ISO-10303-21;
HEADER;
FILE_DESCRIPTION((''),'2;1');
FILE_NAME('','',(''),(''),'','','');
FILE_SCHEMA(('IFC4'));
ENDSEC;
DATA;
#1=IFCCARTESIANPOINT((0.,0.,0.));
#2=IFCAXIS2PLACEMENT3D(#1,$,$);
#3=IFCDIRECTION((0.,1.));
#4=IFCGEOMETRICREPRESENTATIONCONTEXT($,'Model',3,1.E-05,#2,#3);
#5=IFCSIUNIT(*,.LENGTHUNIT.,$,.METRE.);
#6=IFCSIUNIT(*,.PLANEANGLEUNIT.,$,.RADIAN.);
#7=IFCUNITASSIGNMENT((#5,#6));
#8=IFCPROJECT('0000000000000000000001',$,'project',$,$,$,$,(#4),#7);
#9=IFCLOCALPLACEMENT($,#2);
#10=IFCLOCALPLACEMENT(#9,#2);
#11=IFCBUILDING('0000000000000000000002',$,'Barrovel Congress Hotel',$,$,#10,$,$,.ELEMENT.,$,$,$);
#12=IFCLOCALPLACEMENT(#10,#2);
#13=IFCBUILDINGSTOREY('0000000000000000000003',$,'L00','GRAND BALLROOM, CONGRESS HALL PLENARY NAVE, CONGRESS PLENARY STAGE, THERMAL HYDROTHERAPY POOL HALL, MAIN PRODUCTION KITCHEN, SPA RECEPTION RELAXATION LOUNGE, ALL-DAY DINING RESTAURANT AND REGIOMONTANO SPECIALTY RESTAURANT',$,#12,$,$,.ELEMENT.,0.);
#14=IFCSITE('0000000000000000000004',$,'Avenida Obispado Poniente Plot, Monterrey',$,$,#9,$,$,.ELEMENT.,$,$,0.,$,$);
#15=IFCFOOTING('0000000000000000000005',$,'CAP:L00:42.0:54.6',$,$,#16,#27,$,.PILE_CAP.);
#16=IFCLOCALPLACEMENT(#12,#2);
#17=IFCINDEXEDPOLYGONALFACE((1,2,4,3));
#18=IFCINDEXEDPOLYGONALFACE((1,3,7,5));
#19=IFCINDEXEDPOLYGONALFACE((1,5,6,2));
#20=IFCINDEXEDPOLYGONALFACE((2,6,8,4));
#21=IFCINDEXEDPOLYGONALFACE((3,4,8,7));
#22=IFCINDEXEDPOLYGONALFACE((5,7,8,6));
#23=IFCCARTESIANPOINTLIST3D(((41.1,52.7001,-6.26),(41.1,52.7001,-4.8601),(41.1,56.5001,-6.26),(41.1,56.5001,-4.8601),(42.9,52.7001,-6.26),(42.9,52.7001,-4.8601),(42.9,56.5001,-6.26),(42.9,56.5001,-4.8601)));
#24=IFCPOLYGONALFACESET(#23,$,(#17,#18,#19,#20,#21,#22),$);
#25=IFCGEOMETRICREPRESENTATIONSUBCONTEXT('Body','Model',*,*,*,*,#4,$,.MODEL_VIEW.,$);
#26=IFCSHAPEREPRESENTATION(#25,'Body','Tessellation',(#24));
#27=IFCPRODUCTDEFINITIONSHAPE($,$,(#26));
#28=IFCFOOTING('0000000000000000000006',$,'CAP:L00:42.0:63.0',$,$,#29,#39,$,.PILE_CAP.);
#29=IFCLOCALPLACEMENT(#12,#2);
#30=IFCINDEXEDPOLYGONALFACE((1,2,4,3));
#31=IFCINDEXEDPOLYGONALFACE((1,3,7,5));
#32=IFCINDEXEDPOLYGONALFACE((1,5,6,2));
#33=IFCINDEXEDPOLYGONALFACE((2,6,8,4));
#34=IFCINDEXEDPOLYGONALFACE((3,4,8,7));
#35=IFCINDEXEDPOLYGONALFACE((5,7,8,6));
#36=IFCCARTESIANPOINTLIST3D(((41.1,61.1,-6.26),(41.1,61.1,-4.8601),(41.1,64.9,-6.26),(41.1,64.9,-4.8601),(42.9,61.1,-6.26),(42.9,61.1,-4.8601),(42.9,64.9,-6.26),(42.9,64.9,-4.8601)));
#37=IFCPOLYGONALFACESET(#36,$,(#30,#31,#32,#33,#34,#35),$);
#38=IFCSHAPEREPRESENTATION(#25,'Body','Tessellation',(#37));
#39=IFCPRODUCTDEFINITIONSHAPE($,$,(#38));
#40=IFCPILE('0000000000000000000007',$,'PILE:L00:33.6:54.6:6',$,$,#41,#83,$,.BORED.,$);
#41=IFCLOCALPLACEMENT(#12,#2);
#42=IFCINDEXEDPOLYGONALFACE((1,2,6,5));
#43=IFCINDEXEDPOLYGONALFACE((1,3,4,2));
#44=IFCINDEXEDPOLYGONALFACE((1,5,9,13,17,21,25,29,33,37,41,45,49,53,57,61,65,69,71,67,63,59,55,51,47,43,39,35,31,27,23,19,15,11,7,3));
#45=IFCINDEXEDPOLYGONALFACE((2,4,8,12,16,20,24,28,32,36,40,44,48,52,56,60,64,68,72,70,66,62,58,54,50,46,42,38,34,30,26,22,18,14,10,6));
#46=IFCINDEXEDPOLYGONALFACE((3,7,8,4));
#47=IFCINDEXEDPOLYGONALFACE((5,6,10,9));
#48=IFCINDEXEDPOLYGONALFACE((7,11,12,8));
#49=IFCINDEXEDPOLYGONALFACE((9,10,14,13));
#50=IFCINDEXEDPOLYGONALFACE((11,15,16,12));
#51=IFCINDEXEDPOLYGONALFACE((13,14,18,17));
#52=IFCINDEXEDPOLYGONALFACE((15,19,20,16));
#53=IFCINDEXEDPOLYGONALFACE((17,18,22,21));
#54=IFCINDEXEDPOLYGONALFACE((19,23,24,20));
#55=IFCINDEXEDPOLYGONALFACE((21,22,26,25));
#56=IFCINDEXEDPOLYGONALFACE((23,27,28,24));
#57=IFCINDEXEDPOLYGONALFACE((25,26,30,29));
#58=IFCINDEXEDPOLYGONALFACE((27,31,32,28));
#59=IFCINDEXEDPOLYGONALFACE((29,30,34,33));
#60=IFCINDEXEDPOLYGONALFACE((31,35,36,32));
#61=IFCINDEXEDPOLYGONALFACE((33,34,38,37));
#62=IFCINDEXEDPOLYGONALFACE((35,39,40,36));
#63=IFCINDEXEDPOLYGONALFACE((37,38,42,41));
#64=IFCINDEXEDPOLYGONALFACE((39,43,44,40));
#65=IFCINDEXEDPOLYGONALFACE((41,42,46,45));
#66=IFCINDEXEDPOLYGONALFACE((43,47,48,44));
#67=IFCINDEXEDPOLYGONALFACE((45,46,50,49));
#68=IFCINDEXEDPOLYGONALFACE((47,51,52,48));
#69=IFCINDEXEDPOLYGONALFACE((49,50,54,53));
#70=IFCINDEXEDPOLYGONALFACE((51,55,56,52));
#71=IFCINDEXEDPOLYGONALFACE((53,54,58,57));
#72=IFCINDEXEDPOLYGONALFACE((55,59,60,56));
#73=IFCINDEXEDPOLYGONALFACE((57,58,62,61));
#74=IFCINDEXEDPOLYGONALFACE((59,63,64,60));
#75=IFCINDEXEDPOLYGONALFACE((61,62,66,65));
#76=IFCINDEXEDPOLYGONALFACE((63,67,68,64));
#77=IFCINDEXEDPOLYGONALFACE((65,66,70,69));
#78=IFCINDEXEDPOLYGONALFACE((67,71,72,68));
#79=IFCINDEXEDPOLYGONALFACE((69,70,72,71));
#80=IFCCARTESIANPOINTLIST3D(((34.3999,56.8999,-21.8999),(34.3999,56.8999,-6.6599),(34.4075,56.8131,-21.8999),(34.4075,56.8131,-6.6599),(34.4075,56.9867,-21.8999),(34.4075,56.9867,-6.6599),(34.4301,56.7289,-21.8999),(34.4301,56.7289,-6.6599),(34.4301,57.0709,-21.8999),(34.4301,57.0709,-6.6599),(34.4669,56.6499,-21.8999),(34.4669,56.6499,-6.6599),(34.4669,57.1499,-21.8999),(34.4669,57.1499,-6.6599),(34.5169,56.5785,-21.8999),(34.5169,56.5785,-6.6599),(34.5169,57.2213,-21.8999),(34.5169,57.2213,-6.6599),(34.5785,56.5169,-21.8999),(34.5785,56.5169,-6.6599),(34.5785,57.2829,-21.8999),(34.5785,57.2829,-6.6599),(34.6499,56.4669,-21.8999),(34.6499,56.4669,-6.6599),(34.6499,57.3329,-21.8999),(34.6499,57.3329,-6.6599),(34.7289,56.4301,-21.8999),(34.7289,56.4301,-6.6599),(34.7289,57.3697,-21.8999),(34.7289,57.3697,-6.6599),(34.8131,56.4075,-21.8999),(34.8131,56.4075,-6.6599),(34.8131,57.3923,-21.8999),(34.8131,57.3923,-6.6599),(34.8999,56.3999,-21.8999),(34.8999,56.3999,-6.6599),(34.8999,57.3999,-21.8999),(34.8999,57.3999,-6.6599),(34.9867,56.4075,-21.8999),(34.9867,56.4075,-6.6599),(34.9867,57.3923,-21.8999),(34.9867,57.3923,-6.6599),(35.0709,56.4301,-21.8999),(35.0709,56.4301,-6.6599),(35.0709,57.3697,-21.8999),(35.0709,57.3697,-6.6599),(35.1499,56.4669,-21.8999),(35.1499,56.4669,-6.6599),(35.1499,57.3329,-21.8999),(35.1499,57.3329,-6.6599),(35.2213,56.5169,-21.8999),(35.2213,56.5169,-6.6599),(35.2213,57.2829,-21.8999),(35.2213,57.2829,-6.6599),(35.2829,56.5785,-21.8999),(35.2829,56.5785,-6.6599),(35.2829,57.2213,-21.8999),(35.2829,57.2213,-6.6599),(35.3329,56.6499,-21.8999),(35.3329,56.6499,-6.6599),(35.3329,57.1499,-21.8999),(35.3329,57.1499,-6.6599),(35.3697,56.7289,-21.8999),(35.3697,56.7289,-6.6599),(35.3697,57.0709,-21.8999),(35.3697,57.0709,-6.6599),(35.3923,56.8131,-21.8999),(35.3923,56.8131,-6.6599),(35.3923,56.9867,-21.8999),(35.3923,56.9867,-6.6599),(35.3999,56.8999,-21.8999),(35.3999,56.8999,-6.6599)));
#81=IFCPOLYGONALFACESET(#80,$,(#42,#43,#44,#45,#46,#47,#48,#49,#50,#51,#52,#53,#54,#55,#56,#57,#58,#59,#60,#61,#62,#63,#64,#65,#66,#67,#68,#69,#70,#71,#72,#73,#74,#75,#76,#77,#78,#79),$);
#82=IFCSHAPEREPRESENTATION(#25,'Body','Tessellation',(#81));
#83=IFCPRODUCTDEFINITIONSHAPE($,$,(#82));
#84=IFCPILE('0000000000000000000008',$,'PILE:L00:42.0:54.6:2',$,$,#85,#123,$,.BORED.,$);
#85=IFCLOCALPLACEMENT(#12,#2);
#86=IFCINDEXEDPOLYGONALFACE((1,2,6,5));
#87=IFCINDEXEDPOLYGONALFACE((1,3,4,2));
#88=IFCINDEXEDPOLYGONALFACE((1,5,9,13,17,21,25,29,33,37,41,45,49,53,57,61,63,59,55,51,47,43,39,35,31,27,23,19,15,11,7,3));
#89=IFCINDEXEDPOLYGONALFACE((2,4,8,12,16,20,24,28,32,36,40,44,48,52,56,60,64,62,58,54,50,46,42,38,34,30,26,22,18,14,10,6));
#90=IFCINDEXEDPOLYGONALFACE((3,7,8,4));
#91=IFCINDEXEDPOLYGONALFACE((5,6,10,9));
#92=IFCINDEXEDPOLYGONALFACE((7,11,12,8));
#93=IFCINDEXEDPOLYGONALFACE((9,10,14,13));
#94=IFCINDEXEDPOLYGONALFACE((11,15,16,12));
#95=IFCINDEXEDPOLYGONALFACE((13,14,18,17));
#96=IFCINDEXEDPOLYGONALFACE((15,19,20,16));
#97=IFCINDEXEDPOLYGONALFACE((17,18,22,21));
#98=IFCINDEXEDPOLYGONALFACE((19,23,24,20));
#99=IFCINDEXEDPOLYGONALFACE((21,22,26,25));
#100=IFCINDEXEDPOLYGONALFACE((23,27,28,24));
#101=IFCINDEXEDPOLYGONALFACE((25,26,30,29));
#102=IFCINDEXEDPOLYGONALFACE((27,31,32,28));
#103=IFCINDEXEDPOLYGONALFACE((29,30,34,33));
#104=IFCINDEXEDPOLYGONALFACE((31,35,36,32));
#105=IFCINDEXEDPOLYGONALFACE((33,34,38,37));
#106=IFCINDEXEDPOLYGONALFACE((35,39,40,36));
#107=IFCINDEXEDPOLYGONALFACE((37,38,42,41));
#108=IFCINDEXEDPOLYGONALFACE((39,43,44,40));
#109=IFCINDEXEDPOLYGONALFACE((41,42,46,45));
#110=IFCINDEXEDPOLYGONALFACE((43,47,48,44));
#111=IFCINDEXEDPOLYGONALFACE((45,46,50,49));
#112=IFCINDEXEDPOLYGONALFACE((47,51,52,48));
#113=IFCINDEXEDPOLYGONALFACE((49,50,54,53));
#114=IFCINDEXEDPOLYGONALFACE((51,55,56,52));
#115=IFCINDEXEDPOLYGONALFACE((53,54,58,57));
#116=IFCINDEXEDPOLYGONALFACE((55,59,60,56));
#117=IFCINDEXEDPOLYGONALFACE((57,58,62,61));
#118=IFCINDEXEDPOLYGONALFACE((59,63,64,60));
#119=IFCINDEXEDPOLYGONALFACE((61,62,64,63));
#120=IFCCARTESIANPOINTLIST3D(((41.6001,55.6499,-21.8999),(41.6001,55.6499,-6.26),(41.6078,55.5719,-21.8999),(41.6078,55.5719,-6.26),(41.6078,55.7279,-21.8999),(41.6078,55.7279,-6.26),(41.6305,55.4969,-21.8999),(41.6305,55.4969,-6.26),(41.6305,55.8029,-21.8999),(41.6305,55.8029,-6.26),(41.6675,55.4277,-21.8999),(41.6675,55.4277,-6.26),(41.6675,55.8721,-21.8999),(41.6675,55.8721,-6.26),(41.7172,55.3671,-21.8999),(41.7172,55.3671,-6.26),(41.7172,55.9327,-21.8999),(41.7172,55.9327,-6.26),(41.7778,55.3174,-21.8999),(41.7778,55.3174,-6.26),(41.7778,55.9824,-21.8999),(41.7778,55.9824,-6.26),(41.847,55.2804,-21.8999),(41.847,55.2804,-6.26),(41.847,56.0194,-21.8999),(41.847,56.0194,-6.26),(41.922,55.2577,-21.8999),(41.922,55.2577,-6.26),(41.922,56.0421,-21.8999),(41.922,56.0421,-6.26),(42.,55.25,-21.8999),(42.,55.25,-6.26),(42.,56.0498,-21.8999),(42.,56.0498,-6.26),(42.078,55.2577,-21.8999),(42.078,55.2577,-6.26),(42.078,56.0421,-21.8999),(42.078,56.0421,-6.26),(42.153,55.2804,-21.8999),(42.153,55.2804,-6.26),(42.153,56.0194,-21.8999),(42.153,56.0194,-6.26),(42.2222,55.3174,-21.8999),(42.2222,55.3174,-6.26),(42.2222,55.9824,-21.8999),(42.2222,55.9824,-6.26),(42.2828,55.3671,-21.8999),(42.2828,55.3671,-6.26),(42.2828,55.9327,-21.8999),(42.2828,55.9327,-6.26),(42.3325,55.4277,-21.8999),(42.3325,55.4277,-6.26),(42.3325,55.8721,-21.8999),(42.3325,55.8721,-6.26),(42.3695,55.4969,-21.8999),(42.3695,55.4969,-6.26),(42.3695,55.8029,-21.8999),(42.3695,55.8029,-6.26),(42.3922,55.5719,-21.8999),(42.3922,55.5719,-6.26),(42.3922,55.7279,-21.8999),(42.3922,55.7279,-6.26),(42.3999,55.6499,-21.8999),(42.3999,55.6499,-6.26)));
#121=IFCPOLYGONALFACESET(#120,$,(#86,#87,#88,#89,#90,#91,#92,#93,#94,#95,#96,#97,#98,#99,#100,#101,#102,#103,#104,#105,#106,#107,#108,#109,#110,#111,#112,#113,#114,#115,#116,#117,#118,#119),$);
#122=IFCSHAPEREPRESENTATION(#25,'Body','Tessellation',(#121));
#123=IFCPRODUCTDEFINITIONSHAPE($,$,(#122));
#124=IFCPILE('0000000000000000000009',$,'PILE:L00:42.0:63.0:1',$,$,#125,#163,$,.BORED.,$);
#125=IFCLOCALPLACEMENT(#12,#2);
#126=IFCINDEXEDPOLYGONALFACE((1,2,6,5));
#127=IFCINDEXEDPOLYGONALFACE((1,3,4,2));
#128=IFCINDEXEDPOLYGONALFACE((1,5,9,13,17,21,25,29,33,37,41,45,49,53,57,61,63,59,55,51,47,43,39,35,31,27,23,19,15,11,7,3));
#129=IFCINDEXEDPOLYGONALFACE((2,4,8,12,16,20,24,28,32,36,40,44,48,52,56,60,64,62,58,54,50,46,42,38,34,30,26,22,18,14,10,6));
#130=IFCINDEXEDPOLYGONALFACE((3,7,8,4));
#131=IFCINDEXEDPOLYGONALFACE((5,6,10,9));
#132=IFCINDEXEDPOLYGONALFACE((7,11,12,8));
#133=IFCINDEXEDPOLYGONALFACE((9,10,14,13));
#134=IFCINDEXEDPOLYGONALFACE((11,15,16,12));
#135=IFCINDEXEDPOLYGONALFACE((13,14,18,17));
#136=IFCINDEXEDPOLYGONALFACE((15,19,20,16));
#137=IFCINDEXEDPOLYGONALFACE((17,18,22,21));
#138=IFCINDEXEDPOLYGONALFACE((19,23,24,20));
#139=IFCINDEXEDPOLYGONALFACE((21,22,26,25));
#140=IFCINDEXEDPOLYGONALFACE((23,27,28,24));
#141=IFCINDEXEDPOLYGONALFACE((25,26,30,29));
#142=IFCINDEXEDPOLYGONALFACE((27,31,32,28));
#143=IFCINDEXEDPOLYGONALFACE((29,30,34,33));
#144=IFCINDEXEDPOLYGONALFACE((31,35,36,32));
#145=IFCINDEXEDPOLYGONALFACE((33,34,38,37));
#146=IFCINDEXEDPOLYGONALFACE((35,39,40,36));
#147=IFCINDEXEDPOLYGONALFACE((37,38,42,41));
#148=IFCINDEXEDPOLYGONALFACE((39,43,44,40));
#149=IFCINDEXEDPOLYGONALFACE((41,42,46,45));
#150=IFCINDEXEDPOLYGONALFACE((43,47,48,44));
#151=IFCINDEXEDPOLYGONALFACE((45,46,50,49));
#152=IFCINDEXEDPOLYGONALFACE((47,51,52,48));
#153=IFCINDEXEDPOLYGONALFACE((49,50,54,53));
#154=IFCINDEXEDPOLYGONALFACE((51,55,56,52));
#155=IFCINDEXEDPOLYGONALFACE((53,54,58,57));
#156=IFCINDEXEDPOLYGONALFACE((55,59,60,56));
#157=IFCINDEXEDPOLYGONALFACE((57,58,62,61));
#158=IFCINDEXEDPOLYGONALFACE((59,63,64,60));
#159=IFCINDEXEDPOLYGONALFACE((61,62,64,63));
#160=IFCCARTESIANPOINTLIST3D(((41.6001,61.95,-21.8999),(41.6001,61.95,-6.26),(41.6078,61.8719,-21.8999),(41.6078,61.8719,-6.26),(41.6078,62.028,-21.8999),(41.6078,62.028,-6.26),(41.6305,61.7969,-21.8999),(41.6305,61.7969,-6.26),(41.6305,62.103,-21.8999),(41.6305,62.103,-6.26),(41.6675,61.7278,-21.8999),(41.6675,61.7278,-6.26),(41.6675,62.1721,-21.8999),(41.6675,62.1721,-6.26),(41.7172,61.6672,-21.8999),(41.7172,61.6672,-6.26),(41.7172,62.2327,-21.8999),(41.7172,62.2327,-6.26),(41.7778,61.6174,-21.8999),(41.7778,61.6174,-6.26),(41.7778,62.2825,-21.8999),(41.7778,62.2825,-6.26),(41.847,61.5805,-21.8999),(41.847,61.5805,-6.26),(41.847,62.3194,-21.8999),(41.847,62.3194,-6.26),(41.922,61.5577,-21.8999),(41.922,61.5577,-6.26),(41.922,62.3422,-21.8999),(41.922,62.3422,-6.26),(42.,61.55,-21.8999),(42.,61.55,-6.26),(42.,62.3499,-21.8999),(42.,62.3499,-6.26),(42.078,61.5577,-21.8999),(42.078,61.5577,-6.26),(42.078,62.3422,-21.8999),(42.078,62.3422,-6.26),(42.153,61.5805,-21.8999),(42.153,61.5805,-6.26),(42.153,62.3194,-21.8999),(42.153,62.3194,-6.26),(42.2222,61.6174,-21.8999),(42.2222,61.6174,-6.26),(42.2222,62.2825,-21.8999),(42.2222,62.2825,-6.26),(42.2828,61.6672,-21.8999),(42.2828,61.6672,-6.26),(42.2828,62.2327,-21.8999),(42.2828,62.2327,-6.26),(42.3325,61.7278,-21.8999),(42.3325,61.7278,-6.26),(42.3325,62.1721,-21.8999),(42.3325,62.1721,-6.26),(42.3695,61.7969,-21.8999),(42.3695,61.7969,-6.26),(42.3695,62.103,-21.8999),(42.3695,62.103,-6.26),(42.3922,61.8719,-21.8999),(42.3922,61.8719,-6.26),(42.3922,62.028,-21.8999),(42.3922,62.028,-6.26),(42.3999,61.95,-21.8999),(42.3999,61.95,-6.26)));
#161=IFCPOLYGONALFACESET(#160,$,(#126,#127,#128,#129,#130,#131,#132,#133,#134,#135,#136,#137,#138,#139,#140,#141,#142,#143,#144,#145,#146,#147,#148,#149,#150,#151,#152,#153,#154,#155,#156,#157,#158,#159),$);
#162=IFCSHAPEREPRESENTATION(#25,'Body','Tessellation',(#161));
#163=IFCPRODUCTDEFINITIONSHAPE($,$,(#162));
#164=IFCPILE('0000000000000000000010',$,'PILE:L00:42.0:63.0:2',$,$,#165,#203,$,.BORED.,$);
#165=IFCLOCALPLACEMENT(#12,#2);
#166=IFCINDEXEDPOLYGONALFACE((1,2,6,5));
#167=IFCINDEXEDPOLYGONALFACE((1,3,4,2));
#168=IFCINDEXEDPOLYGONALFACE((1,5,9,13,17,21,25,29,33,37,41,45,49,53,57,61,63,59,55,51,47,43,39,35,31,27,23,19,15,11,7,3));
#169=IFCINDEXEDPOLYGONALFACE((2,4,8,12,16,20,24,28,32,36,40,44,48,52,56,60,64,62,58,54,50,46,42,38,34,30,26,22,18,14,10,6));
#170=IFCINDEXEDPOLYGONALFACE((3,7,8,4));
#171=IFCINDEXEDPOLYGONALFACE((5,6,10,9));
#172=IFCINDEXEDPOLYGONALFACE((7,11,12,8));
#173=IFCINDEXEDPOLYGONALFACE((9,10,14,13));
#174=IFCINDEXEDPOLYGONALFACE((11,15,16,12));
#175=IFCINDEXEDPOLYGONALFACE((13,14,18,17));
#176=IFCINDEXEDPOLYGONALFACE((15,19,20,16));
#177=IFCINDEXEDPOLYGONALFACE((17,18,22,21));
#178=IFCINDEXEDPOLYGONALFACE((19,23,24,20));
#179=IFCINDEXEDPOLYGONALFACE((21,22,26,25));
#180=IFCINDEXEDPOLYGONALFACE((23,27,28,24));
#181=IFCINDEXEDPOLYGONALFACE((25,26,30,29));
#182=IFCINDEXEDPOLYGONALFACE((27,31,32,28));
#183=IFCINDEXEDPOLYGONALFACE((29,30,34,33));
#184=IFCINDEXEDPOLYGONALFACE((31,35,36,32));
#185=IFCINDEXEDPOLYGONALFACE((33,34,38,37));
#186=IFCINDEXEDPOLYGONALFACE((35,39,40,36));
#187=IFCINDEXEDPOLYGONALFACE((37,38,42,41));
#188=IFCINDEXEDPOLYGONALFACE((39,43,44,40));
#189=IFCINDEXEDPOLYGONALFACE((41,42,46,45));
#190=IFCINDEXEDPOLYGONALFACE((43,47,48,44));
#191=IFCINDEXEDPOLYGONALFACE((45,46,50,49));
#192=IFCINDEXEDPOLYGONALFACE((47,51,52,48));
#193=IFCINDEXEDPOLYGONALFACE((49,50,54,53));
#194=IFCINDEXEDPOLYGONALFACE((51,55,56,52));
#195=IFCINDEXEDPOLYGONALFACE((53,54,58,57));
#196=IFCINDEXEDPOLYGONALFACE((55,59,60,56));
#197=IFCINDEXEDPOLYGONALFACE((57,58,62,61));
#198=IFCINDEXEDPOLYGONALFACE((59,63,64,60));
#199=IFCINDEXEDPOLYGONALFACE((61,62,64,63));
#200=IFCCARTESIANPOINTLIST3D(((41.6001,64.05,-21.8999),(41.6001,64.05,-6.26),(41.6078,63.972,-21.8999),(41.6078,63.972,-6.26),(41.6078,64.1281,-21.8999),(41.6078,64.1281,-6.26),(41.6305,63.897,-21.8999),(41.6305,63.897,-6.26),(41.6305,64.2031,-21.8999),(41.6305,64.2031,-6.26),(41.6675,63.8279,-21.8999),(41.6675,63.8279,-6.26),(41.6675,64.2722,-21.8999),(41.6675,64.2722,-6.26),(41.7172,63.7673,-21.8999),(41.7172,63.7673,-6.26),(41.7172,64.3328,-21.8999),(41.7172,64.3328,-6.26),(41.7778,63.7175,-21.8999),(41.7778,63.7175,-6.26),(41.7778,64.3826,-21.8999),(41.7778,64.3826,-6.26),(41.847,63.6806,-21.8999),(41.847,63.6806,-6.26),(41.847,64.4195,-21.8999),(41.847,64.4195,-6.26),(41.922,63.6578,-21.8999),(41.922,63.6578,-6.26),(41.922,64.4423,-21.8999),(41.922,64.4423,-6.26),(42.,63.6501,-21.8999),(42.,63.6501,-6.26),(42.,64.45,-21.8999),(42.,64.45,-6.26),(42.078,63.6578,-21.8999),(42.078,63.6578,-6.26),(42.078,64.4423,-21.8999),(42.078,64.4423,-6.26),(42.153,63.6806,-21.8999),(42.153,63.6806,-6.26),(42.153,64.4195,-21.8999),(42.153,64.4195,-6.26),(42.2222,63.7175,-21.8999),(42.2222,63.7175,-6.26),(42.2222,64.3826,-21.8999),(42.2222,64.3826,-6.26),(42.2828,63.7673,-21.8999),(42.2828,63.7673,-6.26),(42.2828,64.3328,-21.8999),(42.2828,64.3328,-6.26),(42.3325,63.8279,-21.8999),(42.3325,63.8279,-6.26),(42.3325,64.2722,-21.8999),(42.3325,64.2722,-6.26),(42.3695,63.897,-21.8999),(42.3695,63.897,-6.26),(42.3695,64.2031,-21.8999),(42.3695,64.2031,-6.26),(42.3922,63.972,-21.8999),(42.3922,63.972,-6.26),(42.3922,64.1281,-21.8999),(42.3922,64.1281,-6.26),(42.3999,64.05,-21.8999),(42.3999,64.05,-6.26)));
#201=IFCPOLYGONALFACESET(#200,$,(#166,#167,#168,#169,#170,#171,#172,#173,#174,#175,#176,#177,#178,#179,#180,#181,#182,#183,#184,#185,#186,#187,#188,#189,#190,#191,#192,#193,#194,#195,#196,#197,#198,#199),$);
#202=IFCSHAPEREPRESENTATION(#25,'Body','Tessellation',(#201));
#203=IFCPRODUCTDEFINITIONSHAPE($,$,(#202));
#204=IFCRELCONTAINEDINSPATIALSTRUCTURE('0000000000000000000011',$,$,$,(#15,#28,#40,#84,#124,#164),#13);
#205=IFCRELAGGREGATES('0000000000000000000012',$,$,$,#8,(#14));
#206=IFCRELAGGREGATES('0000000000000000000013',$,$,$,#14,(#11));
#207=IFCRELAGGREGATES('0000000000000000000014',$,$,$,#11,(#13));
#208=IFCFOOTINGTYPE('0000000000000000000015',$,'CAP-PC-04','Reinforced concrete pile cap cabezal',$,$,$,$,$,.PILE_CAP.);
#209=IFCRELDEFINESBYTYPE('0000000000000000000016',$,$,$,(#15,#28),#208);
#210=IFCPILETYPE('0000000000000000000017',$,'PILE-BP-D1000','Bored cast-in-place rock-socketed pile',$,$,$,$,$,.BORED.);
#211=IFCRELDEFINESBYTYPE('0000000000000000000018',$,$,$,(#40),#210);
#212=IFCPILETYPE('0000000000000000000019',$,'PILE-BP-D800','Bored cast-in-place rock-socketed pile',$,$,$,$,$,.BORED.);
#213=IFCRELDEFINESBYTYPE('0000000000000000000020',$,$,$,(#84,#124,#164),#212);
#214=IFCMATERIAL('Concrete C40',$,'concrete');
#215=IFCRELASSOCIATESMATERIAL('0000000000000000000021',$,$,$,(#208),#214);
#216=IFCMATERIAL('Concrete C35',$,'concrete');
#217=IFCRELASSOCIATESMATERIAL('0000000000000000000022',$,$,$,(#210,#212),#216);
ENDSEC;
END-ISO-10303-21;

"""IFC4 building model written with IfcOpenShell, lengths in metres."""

from ifc_helpers import new_model, si_unit, direction, frame, origin, origin_2d, place, context, subcontext, project, spatial, rectangle, circle, extrude, material, material_profile, profile_set, type_object, element, save


model = new_model("IFC4")

# Units and contexts
model_context = context("Model", 3, precision=1e-05, world=origin(), true_north=direction((0.0, 1.0)))
body_context = subcontext(model_context, "Body", "Model", "MODEL_VIEW")
ifc_project = project(units=[si_unit("LENGTHUNIT", "METRE"), si_unit("PLANEANGLEUNIT", "RADIAN")], contexts=[model_context])

# Site, building, storey
site_placement = place(None, origin())
site = spatial("IfcSite", under=ifc_project, at=site_placement, Name="Avenida Obispado Poniente Plot, Monterrey", CompositionType="ELEMENT", RefElevation=0.0)
building_placement = place(site_placement, origin())
building = spatial("IfcBuilding", under=site, at=building_placement, Name="Barrovel Congress Hotel", CompositionType="ELEMENT")
storey_placement = place(building_placement, origin())
storey = spatial("IfcBuildingStorey", under=building, at=storey_placement, Name="L00", Description="GRAND BALLROOM, CONGRESS HALL PLENARY NAVE, CONGRESS PLENARY STAGE, THERMAL HYDROTHERAPY POOL HALL, MAIN PRODUCTION KITCHEN, SPA RECEPTION RELAXATION LOUNGE, ALL-DAY DINING RESTAURANT AND REGIOMONTANO SPECIALTY RESTAURANT", CompositionType="ELEMENT", Elevation=0.0)

# Footings
ifc_material_1 = material(Name="Concrete C40", Category="concrete")
footing_type = type_object("IfcFootingType", Name="CAP-PC-04", Description="Reinforced concrete pile cap cabezal", PredefinedType="PILE_CAP", material=ifc_material_1)
for number, where, z_axis, x_axis, name in (
    (1, (42.0, 54.6001, -6.26), (0.0, 0.0, 1.0), (1.0, 0.0, 0.0), "CAP:L00:42.0:54.6"),
    (2, (42.0, 63.0, -6.26), (0.0, 0.0, 1.0), (1.0, 0.0, 0.0), "CAP:L00:42.0:63.0"),
):
    element("IfcFooting", number, at=place(storey_placement, frame(where, z_axis=z_axis, x_axis=x_axis)), inside=storey, type_object=footing_type, Name=name, PredefinedType="PILE_CAP", context=body_context, shape_type="SweptSolid", body=[
        extrude(rectangle(XDim=1.8, YDim=3.8, at=origin_2d()), origin(), (0.0, 0.0, 1.0), 1.3999),
    ])

# Piles
ifc_material_2 = material(Name="Concrete C35", Category="concrete")
ifc_material_profile_1 = material_profile(ifc_material_2, circle(Radius=0.5, at=origin_2d()), Name="BP-D1000")
ifc_profile_set_1 = profile_set([ifc_material_profile_1], Name="Concrete C35")
pile_type_1 = type_object("IfcPileType", Name="PILE-BP-D1000", Description="Bored cast-in-place rock-socketed pile", PredefinedType="BORED", material=ifc_profile_set_1)
pile_placement = place(storey_placement, frame((34.8999, 56.8999, -6.6599), z_axis=(0.0, 0.0, -1.0), x_axis=(1.0, 0.0, 0.0)))
element("IfcPile", 3, at=pile_placement, inside=storey, type_object=pile_type_1, Name="PILE:L00:33.6:54.6:6", PredefinedType="BORED", context=body_context, shape_type="SweptSolid", body=[
    extrude(circle(Radius=0.5, at=origin_2d()), origin(), (0.0, 0.0, 1.0), 15.24),
])
ifc_material_profile_2 = material_profile(ifc_material_2, circle(Radius=0.3999, at=origin_2d()), Name="BP-D800")
ifc_profile_set_2 = profile_set([ifc_material_profile_2], Name="Concrete C35")
pile_type_2 = type_object("IfcPileType", Name="PILE-BP-D800", Description="Bored cast-in-place rock-socketed pile", PredefinedType="BORED", material=ifc_profile_set_2)
for number, where, z_axis, x_axis, name in (
    (4, (42.0, 55.6499, -6.26), (0.0, 0.0, -1.0), (1.0, 0.0, 0.0), "PILE:L00:42.0:54.6:2"),
    (5, (42.0, 61.95, -6.26), (0.0, 0.0, -1.0), (1.0, 0.0, 0.0), "PILE:L00:42.0:63.0:1"),
    (6, (42.0, 64.05, -6.26), (0.0, 0.0, -1.0), (1.0, 0.0, 0.0), "PILE:L00:42.0:63.0:2"),
):
    element("IfcPile", number, at=place(storey_placement, frame(where, z_axis=z_axis, x_axis=x_axis)), inside=storey, type_object=pile_type_2, Name=name, PredefinedType="BORED", context=body_context, shape_type="SweptSolid", body=[
        extrude(circle(Radius=0.3999, at=origin_2d()), origin(), (0.0, 0.0, 1.0), 15.6399),
    ])

save(model, "model.ifc")
